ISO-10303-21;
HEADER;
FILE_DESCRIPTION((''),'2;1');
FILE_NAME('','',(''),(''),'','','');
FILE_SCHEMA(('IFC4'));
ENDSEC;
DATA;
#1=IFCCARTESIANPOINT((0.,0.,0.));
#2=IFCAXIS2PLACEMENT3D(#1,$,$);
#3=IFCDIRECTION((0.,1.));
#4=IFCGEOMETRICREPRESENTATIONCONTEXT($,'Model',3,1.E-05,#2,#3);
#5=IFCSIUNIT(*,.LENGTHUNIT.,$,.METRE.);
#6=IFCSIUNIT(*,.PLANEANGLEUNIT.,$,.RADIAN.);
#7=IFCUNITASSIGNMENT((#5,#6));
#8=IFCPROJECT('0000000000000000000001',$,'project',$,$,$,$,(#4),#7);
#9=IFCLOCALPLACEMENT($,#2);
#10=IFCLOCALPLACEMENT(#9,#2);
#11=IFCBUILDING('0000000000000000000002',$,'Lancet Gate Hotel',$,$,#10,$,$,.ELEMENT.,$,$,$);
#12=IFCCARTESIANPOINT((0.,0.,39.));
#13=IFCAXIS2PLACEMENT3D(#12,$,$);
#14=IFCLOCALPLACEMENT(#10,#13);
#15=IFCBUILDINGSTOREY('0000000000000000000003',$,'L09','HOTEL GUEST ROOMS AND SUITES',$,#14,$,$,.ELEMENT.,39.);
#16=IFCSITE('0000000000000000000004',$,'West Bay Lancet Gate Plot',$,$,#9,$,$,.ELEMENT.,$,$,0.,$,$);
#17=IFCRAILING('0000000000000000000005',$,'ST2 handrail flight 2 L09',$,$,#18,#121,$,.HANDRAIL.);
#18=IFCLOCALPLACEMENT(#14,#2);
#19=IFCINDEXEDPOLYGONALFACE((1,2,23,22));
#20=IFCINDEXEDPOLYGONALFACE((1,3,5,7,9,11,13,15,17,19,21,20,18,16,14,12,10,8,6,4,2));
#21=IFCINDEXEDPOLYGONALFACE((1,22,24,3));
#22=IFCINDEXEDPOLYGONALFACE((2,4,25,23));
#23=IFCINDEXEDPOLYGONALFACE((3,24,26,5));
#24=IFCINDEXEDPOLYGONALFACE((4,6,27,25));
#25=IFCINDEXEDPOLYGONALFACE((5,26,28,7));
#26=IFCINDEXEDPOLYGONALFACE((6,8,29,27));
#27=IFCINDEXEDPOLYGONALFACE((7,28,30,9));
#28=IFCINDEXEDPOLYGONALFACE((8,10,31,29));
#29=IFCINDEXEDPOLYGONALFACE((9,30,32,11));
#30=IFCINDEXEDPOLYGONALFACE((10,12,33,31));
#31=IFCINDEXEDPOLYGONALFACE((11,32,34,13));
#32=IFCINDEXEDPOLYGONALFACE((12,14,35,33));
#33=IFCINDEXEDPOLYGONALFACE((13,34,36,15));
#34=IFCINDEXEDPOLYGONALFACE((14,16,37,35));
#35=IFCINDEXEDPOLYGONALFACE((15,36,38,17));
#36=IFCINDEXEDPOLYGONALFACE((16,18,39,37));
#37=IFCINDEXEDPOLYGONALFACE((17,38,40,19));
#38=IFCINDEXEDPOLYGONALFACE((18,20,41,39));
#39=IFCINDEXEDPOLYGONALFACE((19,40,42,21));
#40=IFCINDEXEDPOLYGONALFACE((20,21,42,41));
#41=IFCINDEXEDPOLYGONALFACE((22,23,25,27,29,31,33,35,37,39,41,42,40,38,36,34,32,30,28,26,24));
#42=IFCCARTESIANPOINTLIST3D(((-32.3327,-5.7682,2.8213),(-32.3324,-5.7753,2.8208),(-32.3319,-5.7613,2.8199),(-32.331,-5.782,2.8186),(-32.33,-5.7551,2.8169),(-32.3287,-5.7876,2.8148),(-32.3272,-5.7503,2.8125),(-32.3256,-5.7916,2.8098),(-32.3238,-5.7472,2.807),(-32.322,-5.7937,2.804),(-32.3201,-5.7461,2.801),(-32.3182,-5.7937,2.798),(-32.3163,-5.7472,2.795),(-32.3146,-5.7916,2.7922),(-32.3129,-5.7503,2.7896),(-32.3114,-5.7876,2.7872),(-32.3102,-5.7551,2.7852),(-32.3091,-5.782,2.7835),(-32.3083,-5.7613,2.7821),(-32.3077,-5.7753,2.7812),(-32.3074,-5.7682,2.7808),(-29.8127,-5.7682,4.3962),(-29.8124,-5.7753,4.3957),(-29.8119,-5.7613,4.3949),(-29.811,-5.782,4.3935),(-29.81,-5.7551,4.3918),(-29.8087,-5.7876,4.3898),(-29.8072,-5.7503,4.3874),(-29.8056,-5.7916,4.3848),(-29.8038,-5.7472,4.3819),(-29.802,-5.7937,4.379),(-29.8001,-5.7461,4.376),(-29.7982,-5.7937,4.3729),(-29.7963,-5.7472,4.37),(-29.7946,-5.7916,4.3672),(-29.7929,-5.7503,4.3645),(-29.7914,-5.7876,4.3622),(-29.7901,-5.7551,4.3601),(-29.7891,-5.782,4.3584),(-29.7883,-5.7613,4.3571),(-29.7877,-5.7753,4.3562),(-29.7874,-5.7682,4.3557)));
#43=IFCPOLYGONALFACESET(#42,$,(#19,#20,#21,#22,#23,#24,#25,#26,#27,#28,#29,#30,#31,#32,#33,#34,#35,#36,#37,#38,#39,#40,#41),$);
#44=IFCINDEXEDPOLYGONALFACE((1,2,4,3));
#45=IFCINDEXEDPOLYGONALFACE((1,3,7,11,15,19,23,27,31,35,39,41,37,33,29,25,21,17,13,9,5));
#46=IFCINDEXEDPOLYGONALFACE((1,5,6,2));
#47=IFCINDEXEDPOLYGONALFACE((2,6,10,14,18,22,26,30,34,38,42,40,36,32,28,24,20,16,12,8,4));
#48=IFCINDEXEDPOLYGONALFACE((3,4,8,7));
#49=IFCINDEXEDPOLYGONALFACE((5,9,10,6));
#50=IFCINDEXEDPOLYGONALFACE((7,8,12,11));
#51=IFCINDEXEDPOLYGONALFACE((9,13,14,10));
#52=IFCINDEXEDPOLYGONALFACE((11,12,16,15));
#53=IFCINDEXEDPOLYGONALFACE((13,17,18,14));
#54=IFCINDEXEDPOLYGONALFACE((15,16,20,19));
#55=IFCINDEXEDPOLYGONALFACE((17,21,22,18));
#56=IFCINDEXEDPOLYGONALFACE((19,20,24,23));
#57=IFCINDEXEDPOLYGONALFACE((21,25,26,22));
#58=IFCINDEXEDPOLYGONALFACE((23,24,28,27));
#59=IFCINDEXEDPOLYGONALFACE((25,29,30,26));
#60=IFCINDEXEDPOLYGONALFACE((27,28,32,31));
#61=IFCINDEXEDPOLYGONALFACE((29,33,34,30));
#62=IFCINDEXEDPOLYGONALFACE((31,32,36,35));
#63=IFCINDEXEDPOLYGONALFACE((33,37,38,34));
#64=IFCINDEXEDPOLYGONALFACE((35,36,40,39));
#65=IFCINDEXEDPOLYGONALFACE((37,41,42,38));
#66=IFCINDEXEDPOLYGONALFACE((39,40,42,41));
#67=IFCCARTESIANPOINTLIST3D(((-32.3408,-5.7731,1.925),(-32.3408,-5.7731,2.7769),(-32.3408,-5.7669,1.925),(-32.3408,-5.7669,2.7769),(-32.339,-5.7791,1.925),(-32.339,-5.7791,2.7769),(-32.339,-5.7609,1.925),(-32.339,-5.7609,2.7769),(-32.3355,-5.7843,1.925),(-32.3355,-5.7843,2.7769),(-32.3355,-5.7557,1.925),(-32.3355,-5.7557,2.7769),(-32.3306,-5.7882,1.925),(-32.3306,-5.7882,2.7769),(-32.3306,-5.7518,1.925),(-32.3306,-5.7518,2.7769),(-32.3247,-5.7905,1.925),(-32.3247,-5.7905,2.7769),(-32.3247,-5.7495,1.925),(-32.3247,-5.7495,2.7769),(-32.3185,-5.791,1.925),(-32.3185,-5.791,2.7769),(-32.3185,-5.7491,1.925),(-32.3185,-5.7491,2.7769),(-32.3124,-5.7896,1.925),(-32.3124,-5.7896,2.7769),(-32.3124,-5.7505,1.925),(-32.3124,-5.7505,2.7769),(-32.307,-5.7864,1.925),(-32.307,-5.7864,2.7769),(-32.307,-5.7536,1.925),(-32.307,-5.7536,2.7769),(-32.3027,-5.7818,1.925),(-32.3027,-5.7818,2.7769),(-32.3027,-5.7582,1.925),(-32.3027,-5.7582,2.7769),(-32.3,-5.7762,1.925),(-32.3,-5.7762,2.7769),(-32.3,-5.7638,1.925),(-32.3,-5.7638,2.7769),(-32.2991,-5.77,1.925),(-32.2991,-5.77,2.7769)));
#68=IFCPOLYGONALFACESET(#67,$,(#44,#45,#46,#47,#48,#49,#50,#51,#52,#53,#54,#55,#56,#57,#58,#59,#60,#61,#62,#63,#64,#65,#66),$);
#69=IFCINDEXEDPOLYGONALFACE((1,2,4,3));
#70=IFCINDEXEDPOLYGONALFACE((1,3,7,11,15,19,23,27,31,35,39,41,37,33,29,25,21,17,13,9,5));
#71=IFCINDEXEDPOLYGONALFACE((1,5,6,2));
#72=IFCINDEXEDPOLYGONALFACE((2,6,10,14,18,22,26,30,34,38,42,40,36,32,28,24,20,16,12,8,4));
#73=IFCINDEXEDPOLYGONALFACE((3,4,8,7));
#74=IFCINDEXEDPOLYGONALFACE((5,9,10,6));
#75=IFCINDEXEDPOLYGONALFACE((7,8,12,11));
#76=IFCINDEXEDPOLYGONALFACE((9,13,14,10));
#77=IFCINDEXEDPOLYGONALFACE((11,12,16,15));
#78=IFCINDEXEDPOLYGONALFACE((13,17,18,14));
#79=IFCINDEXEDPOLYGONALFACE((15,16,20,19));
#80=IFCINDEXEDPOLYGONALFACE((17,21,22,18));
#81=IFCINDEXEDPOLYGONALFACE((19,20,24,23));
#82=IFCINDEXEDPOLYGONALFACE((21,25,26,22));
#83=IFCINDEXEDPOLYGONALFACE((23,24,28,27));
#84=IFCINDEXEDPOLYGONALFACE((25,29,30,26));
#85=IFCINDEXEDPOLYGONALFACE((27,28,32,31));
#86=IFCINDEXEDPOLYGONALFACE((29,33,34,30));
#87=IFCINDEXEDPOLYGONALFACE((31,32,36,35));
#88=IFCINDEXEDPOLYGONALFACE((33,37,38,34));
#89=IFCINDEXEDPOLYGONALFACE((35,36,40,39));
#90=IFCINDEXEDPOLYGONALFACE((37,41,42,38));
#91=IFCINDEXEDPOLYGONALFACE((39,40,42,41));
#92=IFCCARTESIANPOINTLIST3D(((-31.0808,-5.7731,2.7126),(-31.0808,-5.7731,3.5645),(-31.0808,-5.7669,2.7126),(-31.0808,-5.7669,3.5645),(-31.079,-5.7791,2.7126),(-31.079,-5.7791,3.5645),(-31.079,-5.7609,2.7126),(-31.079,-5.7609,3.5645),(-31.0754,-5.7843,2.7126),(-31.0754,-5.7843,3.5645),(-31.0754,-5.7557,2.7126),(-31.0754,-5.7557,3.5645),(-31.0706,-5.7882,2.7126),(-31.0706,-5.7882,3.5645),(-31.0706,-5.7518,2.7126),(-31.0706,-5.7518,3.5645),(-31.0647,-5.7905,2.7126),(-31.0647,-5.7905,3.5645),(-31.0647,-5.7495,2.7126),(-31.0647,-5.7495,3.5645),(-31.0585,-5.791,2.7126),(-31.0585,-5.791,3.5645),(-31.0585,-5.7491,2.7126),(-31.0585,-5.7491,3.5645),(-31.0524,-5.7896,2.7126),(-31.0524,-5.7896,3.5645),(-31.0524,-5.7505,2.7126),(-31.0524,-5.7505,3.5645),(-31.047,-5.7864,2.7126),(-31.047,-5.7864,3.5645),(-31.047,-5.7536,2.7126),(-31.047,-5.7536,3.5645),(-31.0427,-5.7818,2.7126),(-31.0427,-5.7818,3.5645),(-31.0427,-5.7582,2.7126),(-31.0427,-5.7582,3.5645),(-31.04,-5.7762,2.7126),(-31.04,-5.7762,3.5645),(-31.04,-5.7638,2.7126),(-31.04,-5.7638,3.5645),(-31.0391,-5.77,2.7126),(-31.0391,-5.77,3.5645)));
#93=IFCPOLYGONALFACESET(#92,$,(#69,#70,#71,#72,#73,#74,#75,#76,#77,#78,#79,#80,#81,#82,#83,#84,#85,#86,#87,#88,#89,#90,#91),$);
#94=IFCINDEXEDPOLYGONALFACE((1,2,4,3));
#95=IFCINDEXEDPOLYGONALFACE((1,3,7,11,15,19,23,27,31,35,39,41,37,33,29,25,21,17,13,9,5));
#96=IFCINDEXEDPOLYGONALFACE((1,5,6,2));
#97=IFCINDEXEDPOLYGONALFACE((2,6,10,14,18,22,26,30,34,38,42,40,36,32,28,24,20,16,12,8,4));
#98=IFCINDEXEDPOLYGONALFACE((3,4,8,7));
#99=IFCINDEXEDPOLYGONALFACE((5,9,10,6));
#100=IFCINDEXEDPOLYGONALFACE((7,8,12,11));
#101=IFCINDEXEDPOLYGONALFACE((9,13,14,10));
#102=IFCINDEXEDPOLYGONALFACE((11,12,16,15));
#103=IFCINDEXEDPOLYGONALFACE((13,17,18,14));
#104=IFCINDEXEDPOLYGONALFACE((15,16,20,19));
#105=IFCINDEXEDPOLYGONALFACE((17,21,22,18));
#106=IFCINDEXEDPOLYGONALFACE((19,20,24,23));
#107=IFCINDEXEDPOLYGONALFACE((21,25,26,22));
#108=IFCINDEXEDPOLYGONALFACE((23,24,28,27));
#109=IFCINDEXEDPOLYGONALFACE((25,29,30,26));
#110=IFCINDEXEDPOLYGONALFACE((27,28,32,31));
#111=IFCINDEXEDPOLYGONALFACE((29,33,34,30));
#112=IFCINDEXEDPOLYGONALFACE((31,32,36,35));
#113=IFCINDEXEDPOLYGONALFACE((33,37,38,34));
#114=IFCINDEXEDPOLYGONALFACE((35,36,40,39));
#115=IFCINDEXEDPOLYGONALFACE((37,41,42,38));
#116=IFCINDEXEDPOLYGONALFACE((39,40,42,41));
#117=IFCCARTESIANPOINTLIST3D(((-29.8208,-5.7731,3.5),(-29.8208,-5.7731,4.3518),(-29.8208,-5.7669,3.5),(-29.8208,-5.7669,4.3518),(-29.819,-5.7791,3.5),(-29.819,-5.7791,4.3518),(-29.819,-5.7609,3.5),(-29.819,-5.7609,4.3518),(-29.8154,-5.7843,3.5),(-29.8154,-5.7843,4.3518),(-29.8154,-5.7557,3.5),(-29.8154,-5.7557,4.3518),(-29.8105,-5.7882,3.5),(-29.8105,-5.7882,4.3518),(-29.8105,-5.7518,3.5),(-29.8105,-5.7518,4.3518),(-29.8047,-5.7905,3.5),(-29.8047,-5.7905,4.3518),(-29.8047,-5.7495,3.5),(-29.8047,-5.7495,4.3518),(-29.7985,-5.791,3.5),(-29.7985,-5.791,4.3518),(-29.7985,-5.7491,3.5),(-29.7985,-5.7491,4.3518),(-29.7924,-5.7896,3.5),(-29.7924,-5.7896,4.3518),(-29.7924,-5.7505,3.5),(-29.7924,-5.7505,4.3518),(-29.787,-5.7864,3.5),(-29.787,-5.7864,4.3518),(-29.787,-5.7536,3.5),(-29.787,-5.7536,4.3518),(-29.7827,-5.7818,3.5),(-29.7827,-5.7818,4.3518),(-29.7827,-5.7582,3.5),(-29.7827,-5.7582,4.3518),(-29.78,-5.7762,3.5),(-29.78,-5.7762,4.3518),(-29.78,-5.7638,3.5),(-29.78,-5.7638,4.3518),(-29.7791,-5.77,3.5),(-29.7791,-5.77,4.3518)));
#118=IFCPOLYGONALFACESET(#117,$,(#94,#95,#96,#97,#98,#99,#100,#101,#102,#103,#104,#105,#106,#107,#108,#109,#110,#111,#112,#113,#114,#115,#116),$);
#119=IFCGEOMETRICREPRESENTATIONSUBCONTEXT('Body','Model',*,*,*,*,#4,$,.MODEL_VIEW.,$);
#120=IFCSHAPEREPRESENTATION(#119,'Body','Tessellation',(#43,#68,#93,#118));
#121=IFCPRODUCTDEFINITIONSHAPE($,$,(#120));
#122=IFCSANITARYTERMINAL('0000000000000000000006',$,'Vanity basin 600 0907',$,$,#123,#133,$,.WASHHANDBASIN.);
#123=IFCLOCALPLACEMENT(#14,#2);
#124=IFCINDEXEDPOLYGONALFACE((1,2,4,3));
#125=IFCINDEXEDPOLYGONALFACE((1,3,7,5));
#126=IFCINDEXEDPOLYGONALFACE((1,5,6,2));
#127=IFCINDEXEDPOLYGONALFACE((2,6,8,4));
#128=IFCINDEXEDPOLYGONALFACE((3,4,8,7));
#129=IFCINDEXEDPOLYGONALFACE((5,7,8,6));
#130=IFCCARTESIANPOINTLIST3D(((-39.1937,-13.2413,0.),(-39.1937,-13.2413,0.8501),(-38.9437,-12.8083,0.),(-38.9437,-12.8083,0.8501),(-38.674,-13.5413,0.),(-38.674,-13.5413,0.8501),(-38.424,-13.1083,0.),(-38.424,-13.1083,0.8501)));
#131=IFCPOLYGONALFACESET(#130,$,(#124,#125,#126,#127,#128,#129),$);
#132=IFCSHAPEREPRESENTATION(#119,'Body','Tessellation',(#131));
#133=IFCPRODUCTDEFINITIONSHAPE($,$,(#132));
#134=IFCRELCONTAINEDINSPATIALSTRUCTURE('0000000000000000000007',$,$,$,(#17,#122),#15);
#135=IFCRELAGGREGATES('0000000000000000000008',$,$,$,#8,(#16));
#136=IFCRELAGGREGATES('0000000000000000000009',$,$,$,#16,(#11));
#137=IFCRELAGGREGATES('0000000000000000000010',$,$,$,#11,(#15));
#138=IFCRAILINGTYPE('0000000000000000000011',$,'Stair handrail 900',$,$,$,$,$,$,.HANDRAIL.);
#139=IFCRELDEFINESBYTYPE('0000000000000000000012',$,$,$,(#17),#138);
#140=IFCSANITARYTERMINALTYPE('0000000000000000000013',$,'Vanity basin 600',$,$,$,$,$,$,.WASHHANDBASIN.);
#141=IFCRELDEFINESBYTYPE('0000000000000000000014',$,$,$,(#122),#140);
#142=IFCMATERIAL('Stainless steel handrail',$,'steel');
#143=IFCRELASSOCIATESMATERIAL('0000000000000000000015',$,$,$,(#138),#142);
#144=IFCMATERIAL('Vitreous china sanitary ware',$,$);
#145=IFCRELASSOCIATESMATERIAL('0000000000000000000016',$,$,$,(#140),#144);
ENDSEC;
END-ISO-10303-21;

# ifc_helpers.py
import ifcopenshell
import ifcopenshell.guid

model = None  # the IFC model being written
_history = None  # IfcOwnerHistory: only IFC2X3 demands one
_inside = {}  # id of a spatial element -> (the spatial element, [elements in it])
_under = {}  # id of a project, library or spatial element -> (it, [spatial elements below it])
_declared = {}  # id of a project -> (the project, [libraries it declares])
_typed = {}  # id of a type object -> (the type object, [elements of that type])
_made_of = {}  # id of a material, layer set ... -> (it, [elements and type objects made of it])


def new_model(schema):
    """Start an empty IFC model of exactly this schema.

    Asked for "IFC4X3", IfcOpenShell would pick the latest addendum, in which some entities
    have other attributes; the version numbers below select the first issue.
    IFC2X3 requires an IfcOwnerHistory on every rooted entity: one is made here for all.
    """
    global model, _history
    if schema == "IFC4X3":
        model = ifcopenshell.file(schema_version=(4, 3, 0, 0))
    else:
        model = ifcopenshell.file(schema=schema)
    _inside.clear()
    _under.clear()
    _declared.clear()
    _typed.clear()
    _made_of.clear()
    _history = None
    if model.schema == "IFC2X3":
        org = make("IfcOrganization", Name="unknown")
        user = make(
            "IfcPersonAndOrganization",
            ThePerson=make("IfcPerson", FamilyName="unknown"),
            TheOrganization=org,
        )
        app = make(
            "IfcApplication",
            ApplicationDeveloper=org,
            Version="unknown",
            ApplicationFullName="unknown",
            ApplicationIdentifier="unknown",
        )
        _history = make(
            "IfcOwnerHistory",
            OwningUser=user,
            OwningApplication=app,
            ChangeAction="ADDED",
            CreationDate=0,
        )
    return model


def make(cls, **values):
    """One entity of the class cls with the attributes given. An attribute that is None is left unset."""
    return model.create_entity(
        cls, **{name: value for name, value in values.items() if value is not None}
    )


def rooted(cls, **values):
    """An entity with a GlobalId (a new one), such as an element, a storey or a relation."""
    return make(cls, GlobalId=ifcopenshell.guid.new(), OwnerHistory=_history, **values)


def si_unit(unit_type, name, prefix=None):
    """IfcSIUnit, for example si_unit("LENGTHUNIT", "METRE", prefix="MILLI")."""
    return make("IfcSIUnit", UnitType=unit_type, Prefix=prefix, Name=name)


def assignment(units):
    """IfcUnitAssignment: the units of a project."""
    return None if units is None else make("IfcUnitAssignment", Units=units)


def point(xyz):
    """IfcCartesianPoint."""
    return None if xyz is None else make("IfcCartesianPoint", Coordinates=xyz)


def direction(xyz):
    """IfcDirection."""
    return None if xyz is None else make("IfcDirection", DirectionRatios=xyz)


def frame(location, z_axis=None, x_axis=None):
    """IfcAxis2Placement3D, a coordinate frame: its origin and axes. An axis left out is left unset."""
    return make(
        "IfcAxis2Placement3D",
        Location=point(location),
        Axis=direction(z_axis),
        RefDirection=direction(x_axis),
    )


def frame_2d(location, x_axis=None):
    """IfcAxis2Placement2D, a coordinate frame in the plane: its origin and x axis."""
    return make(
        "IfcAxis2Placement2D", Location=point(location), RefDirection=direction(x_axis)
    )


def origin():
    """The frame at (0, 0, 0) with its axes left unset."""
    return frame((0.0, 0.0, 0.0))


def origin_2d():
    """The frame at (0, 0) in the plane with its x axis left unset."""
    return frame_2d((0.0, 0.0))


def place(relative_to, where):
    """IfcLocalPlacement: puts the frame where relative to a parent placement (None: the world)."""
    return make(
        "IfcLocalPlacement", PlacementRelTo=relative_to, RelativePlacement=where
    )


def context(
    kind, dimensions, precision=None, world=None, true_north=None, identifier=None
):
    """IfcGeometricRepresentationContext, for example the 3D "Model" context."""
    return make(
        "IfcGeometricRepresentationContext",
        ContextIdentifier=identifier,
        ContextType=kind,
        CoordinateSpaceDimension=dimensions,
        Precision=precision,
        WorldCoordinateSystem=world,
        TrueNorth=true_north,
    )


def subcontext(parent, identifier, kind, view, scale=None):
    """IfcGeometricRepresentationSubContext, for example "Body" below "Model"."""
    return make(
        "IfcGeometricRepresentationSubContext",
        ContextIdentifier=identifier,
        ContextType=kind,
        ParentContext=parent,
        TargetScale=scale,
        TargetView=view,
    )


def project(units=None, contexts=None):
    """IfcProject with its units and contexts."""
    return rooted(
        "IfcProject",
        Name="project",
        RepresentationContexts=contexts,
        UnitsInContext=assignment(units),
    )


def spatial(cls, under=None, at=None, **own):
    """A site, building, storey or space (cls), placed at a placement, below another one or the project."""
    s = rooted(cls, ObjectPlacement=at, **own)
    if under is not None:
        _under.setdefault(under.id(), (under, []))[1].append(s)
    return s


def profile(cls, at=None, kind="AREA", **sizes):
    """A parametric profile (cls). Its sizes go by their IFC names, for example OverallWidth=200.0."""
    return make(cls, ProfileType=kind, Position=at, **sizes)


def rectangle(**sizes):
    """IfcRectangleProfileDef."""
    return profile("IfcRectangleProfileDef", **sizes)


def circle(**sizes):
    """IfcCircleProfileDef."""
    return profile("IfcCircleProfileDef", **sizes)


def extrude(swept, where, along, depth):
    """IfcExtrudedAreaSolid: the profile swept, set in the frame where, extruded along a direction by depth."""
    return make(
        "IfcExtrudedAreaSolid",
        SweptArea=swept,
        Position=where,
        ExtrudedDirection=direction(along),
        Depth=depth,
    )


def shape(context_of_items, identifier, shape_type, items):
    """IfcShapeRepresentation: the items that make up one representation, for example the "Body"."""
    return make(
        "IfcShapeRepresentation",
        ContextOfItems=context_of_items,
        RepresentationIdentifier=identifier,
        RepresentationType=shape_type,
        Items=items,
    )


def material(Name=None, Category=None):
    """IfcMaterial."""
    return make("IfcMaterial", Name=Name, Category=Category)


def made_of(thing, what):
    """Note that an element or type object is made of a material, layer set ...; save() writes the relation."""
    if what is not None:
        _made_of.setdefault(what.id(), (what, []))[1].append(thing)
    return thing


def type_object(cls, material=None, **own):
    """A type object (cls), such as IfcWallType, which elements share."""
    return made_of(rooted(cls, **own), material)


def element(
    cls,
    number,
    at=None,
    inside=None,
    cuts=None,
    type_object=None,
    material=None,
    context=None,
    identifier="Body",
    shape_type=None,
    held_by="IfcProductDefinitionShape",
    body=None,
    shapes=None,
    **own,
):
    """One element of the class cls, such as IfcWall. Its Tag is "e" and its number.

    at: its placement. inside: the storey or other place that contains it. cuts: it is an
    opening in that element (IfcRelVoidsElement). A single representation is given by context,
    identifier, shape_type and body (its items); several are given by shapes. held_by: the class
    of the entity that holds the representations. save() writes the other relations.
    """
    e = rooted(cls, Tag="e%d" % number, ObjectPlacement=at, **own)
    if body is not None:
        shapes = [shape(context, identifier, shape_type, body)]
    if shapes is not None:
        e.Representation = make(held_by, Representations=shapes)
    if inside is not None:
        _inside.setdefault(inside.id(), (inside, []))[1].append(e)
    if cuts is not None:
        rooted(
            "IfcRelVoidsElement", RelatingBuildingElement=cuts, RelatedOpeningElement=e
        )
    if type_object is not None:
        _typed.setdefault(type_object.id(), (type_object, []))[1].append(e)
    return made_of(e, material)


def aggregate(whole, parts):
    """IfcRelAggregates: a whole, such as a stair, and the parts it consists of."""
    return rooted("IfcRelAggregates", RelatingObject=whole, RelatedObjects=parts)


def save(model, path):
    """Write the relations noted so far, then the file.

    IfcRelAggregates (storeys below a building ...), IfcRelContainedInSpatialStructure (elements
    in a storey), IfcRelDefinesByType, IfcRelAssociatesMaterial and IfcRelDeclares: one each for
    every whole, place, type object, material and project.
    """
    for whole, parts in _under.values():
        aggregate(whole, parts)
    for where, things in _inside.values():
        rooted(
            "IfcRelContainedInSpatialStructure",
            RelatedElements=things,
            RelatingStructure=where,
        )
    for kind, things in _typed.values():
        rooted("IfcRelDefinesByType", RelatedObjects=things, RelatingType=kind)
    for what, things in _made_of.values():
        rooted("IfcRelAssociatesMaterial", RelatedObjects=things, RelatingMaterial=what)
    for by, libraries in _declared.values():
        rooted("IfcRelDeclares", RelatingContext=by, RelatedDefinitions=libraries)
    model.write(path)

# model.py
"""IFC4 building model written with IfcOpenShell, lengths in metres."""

from ifc_helpers import new_model, si_unit, direction, frame, origin, origin_2d, place, context, subcontext, project, spatial, rectangle, circle, extrude, material, type_object, element, save


model = new_model("IFC4")

# Units and contexts
model_context = context("Model", 3, precision=1e-05, world=origin(), true_north=direction((0.0, 1.0)))
body_context = subcontext(model_context, "Body", "Model", "MODEL_VIEW")
ifc_project = project(units=[si_unit("LENGTHUNIT", "METRE"), si_unit("PLANEANGLEUNIT", "RADIAN")], contexts=[model_context])

# Site, building, storey
site_placement = place(None, origin())
site = spatial("IfcSite", under=ifc_project, at=site_placement, Name="West Bay Lancet Gate Plot", CompositionType="ELEMENT", RefElevation=0.0)
building_placement = place(site_placement, origin())
building = spatial("IfcBuilding", under=site, at=building_placement, Name="Lancet Gate Hotel", CompositionType="ELEMENT")
storey_placement = place(building_placement, frame((0.0, 0.0, 39.0)))
storey = spatial("IfcBuildingStorey", under=building, at=storey_placement, Name="L09", Description="HOTEL GUEST ROOMS AND SUITES", CompositionType="ELEMENT", Elevation=39.0)

# Railing
ifc_material_1 = material(Name="Stainless steel handrail", Category="steel")
railing_type = type_object("IfcRailingType", Name="Stair handrail 900", PredefinedType="HANDRAIL", material=ifc_material_1)
railing_1_placement = place(storey_placement, frame((-32.3201, -5.77, 1.925)))
element("IfcRailing", 1, at=railing_1_placement, inside=storey, type_object=railing_type, Name="ST2 handrail flight 2 L09", PredefinedType="HANDRAIL", context=body_context, shape_type="SweptSolid", body=[
    extrude(circle(Radius=0.0239, at=origin_2d()), frame((0.0, 0.0, 0.876), z_axis=(0.848008, 0.0, 0.529984), x_axis=(0.0, 1.0, 0.0)), (0.0, 0.0, 1.0), 2.9717),
    extrude(circle(Radius=0.021, at=origin_2d()), origin(), (0.0, 0.0, 1.0), 0.8518),
    extrude(circle(Radius=0.021, at=origin_2d()), frame((1.26, 0.0, 0.7876)), (0.0, 0.0, 1.0), 0.8518),
    extrude(circle(Radius=0.021, at=origin_2d()), frame((2.52, 0.0, 1.575)), (0.0, 0.0, 1.0), 0.8518),
])

# Sanitary terminal
ifc_material_2 = material(Name="Vitreous china sanitary ware")
sanitary_terminal_type = type_object("IfcSanitaryTerminalType", Name="Vanity basin 600", PredefinedType="WASHHANDBASIN", material=ifc_material_2)
sanitary_terminal_placement = place(storey_placement, frame((-38.8088, -13.1748, 0.0), z_axis=(0.0, 0.0, 1.0), x_axis=(-0.866025, 0.5, 0.0)))
element("IfcSanitaryTerminal", 2, at=sanitary_terminal_placement, inside=storey, type_object=sanitary_terminal_type, Name="Vanity basin 600 0907", PredefinedType="WASHHANDBASIN", context=body_context, shape_type="SweptSolid", body=[
    extrude(rectangle(XDim=0.6001, YDim=0.5, at=origin_2d()), origin(), (0.0, 0.0, 1.0), 0.8501),
])

save(model, "model.ifc")
